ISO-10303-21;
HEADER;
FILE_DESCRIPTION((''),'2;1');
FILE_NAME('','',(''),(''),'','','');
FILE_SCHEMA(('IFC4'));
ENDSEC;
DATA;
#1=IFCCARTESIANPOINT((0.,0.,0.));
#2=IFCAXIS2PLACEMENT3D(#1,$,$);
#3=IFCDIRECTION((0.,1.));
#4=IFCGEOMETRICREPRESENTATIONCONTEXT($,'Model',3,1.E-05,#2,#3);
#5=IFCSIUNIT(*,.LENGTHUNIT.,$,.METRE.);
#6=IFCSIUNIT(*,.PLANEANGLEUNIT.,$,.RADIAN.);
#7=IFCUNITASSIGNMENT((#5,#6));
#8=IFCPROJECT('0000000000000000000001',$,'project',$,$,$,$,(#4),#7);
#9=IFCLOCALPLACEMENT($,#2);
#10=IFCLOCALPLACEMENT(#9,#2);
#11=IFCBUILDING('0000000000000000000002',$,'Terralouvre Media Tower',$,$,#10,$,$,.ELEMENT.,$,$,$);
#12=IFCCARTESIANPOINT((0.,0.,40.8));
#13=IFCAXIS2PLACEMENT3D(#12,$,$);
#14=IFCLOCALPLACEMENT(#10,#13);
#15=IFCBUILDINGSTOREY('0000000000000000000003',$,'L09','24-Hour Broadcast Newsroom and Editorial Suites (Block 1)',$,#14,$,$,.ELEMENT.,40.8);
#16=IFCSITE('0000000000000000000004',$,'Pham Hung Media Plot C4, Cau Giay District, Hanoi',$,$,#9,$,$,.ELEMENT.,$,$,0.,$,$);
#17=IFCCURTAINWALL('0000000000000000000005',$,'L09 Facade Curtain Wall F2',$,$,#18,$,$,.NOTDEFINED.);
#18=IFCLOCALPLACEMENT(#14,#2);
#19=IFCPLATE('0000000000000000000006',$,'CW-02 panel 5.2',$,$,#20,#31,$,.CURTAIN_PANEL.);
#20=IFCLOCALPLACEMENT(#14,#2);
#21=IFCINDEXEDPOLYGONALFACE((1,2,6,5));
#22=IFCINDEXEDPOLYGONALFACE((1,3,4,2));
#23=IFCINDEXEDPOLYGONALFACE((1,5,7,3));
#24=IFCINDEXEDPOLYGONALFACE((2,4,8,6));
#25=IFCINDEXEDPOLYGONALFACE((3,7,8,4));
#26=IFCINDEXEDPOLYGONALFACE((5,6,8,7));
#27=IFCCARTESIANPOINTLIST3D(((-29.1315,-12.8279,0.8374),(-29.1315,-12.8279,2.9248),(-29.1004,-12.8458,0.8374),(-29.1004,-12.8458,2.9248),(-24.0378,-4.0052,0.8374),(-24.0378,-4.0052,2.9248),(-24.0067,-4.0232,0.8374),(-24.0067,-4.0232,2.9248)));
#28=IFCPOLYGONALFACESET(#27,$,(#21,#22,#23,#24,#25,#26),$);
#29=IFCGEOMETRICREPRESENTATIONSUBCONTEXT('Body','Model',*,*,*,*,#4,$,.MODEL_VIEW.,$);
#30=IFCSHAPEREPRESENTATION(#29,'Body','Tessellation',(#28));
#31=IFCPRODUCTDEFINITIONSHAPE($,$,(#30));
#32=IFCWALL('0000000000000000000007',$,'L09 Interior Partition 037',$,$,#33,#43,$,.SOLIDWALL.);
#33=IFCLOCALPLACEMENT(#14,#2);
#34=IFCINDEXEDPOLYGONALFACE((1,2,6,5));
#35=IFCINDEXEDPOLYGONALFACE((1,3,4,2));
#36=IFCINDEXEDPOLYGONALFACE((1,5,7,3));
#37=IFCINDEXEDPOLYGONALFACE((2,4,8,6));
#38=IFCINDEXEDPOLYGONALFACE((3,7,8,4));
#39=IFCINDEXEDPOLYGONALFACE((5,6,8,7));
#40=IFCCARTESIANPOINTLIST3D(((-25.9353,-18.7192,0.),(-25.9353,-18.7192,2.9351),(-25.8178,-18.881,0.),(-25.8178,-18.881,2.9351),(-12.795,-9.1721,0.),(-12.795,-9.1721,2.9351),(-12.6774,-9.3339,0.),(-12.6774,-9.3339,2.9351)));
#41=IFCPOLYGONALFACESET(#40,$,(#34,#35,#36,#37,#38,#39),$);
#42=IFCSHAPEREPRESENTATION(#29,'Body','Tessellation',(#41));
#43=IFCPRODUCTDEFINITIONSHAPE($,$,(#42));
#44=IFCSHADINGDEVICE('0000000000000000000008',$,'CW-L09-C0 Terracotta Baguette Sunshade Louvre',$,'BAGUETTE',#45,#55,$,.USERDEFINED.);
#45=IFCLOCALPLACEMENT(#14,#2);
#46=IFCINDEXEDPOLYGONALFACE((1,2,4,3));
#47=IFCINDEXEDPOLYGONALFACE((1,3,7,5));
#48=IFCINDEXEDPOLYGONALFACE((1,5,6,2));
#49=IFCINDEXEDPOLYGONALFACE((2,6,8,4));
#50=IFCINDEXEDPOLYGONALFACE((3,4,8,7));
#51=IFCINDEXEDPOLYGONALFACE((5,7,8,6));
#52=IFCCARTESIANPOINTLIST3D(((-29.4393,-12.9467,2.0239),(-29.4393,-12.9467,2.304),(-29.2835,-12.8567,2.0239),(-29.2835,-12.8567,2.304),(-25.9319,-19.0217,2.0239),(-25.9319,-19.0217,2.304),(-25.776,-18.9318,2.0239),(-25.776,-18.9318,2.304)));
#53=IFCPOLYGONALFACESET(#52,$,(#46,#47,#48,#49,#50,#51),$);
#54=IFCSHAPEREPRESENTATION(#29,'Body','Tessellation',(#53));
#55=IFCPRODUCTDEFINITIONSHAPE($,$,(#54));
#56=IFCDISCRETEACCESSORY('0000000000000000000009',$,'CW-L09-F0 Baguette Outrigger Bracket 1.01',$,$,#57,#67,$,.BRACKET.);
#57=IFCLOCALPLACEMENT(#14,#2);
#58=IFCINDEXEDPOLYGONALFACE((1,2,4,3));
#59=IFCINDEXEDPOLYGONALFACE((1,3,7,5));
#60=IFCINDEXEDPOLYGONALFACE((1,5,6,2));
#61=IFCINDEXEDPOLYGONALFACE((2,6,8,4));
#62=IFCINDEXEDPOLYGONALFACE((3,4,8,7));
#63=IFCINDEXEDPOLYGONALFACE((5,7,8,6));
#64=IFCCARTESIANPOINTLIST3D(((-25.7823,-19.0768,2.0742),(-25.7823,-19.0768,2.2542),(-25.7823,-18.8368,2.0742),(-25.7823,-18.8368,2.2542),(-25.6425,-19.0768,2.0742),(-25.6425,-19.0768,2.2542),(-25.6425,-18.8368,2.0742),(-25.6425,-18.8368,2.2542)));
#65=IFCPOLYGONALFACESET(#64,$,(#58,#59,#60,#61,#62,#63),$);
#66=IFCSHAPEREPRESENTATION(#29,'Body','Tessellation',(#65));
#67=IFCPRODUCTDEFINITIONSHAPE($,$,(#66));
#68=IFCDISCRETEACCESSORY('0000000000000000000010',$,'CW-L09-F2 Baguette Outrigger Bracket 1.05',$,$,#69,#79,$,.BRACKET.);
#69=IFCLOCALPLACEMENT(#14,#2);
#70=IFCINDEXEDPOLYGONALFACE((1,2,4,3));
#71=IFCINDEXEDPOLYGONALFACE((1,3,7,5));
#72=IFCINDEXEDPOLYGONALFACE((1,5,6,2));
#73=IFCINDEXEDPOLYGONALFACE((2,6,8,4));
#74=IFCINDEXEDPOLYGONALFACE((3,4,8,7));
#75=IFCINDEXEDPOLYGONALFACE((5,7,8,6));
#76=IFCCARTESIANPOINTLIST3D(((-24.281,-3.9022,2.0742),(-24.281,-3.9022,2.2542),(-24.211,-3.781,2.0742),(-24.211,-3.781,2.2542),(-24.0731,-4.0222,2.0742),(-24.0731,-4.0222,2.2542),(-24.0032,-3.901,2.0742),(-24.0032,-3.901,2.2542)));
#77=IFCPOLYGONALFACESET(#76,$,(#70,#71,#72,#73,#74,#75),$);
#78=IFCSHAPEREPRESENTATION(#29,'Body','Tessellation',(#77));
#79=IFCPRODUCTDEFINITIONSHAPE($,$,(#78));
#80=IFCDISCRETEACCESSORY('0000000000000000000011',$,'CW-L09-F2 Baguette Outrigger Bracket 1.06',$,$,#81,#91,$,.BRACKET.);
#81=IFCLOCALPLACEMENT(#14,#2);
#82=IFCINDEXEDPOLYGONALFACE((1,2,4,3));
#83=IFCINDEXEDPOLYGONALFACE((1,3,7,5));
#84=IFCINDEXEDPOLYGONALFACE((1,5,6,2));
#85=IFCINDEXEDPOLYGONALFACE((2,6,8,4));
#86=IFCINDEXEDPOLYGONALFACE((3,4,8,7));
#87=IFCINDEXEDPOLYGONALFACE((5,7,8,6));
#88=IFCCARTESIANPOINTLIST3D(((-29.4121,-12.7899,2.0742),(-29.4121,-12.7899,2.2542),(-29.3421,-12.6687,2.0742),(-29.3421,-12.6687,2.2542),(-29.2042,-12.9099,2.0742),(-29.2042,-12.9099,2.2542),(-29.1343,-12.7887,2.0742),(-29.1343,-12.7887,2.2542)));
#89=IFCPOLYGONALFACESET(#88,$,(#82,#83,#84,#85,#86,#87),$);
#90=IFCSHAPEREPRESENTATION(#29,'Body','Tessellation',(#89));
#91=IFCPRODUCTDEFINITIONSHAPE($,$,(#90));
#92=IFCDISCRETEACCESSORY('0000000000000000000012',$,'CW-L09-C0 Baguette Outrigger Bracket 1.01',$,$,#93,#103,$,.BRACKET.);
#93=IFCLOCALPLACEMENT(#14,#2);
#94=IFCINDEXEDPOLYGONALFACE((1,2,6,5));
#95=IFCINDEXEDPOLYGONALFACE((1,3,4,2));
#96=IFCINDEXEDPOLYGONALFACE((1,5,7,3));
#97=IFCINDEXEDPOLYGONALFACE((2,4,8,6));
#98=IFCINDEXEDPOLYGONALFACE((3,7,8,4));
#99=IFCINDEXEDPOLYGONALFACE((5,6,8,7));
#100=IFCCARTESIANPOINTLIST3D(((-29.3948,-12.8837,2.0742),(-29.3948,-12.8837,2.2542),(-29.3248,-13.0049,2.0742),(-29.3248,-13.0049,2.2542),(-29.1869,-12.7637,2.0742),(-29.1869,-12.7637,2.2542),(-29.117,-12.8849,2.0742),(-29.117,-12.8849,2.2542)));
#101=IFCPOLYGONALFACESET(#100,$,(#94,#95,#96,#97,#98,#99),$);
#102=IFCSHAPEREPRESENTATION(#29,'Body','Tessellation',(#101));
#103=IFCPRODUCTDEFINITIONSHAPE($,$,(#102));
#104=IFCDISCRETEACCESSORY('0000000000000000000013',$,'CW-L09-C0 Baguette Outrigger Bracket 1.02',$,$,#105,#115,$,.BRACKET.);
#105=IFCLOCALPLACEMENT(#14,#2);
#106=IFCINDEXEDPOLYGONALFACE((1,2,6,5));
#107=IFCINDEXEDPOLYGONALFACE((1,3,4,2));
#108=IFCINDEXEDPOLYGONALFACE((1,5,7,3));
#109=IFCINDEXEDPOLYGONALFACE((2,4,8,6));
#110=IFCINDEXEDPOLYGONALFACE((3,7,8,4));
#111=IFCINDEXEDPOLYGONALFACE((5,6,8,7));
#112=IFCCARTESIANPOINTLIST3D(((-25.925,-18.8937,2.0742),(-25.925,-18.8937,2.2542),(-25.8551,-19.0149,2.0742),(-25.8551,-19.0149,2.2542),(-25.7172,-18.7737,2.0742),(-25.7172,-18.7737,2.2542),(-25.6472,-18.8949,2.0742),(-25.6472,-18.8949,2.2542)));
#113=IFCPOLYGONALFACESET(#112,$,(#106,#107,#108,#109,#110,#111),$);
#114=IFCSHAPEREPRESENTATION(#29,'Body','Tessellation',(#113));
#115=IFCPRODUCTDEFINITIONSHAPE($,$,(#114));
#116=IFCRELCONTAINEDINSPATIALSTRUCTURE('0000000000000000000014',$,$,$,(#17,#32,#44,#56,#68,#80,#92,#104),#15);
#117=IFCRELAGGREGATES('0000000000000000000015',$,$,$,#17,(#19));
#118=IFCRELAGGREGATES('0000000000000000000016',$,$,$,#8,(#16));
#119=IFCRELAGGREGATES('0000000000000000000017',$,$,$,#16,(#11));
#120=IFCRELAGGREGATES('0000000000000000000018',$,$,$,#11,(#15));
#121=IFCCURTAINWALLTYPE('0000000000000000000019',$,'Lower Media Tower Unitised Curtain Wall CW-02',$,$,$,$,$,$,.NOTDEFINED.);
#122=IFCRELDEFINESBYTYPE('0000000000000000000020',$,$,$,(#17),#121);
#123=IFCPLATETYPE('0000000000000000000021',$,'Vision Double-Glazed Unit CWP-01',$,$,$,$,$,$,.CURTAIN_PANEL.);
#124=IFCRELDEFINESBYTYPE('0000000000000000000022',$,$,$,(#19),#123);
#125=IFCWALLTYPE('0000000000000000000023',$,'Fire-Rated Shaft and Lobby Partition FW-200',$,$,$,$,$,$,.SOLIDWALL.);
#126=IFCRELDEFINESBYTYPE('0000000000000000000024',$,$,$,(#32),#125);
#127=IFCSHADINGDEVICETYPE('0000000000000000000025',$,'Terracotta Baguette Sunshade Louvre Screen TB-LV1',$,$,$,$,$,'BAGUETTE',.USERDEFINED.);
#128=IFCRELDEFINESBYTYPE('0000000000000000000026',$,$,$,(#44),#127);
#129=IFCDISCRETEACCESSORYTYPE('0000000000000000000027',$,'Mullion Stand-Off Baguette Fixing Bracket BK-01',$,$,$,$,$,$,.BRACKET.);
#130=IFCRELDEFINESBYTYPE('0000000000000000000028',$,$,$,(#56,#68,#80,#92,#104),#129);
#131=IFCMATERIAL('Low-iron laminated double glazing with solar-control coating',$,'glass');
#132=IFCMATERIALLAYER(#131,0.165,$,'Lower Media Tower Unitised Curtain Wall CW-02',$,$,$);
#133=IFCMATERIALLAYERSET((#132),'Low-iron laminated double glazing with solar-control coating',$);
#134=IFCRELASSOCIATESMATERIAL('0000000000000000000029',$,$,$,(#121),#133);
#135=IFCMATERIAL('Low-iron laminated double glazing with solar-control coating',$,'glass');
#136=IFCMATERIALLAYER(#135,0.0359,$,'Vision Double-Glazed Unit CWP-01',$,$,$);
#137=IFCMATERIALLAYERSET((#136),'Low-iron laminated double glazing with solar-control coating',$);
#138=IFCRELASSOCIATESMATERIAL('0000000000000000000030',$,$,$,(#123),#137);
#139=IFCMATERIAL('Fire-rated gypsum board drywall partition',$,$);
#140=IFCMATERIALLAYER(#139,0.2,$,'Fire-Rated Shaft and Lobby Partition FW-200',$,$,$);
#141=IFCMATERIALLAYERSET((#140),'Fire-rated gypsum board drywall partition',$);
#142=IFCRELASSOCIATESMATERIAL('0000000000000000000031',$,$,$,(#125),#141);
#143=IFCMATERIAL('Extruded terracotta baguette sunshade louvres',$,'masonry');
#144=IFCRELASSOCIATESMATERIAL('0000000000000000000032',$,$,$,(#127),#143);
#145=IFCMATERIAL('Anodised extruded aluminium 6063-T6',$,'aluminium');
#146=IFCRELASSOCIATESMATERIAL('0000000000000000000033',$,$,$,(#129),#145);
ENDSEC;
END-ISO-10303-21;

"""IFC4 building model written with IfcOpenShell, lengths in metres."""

from ifc_helpers import new_model, si_unit, direction, frame, frame_2d, origin, origin_2d, place, context, subcontext, project, spatial, rectangle, extrude, material, layer, layer_set, type_object, element, aggregate, save


model = new_model("IFC4")

# Units and contexts
model_context = context("Model", 3, precision=1e-05, world=origin(), true_north=direction((0.0, 1.0)))
body_context = subcontext(model_context, "Body", "Model", "MODEL_VIEW")
ifc_project = project(units=[si_unit("LENGTHUNIT", "METRE"), si_unit("PLANEANGLEUNIT", "RADIAN")], contexts=[model_context])

# Site, building, storey
site_placement = place(None, origin())
site = spatial("IfcSite", under=ifc_project, at=site_placement, Name="Pham Hung Media Plot C4, Cau Giay District, Hanoi", CompositionType="ELEMENT", RefElevation=0.0)
building_placement = place(site_placement, origin())
building = spatial("IfcBuilding", under=site, at=building_placement, Name="Terralouvre Media Tower", CompositionType="ELEMENT")
storey_placement = place(building_placement, frame((0.0, 0.0, 40.8)))
storey = spatial("IfcBuildingStorey", under=building, at=storey_placement, Name="L09", Description="24-Hour Broadcast Newsroom and Editorial Suites (Block 1)", CompositionType="ELEMENT", Elevation=40.8)

# Shared definitions
ifc_material_1 = material(Name="Low-iron laminated double glazing with solar-control coating", Category="glass")
ifc_layer_1 = layer(ifc_material_1, 0.165, Name="Lower Media Tower Unitised Curtain Wall CW-02")
ifc_layer_set_1 = layer_set([ifc_layer_1], Name="Low-iron laminated double glazing with solar-control coating")
curtain_wall_type_1 = type_object("IfcCurtainWallType", Name="Lower Media Tower Unitised Curtain Wall CW-02", PredefinedType="NOTDEFINED", material=ifc_layer_set_1)

# Curtain wall
curtain_wall_1_placement = place(storey_placement, origin())
curtain_wall_1 = element("IfcCurtainWall", 1, at=curtain_wall_1_placement, inside=storey, type_object=curtain_wall_type_1, Name="L09 Facade Curtain Wall F2", PredefinedType="NOTDEFINED")

# Plate
ifc_material_2 = material(Name="Low-iron laminated double glazing with solar-control coating", Category="glass")
ifc_layer_2 = layer(ifc_material_2, 0.0359, Name="Vision Double-Glazed Unit CWP-01")
ifc_layer_set_2 = layer_set([ifc_layer_2], Name="Low-iron laminated double glazing with solar-control coating")
plate_type_1 = type_object("IfcPlateType", Name="Vision Double-Glazed Unit CWP-01", PredefinedType="CURTAIN_PANEL", material=ifc_layer_set_2)
plate_1_placement = place(storey_placement, frame((-26.5691, -8.4255, 0.8374), z_axis=(0.0, 0.0, 1.0), x_axis=(-0.5, -0.866025, 0.0)))
plate_1 = element("IfcPlate", 2, at=plate_1_placement, type_object=plate_type_1, Name="CW-02 panel 5.2", PredefinedType="CURTAIN_PANEL", context=body_context, shape_type="SweptSolid", body=[
    extrude(rectangle(XDim=10.1875, YDim=0.0359, at=origin_2d()), origin(), (0.0, 0.0, 1.0), 2.0874),
])
aggregate(curtain_wall_1, [plate_1])

# Wall
ifc_material_3 = material(Name="Fire-rated gypsum board drywall partition")
ifc_layer_3 = layer(ifc_material_3, 0.2, Name="Fire-Rated Shaft and Lobby Partition FW-200")
ifc_layer_set_3 = layer_set([ifc_layer_3], Name="Fire-rated gypsum board drywall partition")
wall_type = type_object("IfcWallType", Name="Fire-Rated Shaft and Lobby Partition FW-200", PredefinedType="SOLIDWALL", material=ifc_layer_set_3)
wall_placement = place(storey_placement, frame((-25.8765, -18.8, 0.0), z_axis=(0.0, 0.0, 1.0), x_axis=(0.809015, 0.587788, 0.0)))
element("IfcWall", 3, at=wall_placement, inside=storey, type_object=wall_type, Name="L09 Interior Partition 037", PredefinedType="SOLIDWALL", context=body_context, shape_type="SweptSolid", body=[
    extrude(rectangle(XDim=16.2424, YDim=0.2, at=frame_2d((8.1211, 0.0))), origin(), (0.0, 0.0, 1.0), 2.9351),
])

# Shading device
ifc_material_4 = material(Name="Extruded terracotta baguette sunshade louvres", Category="masonry")
shading_device_type = type_object("IfcShadingDeviceType", Name="Terracotta Baguette Sunshade Louvre Screen TB-LV1", ElementType="BAGUETTE", PredefinedType="USERDEFINED", material=ifc_material_4)
shading_device_placement = place(storey_placement, frame((-27.6077, -15.9392, 2.0239), z_axis=(0.0, 0.0, 1.0), x_axis=(0.5, -0.866026, 0.0)))
element("IfcShadingDevice", 4, at=shading_device_placement, inside=storey, type_object=shading_device_type, Name="CW-L09-C0 Terracotta Baguette Sunshade Louvre", ObjectType="BAGUETTE", PredefinedType="USERDEFINED", context=body_context, shape_type="SweptSolid", body=[
    extrude(rectangle(XDim=7.0149, YDim=0.1799, at=origin_2d()), origin(), (0.0, 0.0, 1.0), 0.28),
])

# Discrete accessories
ifc_material_5 = material(Name="Anodised extruded aluminium 6063-T6", Category="aluminium")
discrete_accessory_type = type_object("IfcDiscreteAccessoryType", Name="Mullion Stand-Off Baguette Fixing Bracket BK-01", PredefinedType="BRACKET", material=ifc_material_5)
for number, where, z_axis, x_axis, name in (
    (5, (-25.7124, -18.9568, 2.0742), (0.0, 0.0, 1.0), (1.0, 0.0, 0.0), "CW-L09-F0 Baguette Outrigger Bracket 1.01"),
    (6, (-24.1421, -3.9016, 2.0742), (0.0, 0.0, 1.0), (-0.5, -0.866025, 0.0), "CW-L09-F2 Baguette Outrigger Bracket 1.05"),
    (7, (-29.2732, -12.7893, 2.0742), (0.0, 0.0, 1.0), (-0.5, -0.866025, 0.0), "CW-L09-F2 Baguette Outrigger Bracket 1.06"),
    (8, (-29.2559, -12.8843, 2.0742), (0.0, 0.0, 1.0), (0.5, -0.866026, 0.0), "CW-L09-C0 Baguette Outrigger Bracket 1.01"),
    (9, (-25.7861, -18.8943, 2.0742), (0.0, 0.0, 1.0), (0.5, -0.866026, 0.0), "CW-L09-C0 Baguette Outrigger Bracket 1.02"),
):
    element("IfcDiscreteAccessory", number, at=place(storey_placement, frame(where, z_axis=z_axis, x_axis=x_axis)), inside=storey, type_object=discrete_accessory_type, Name=name, PredefinedType="BRACKET", context=body_context, shape_type="SweptSolid", body=[
        extrude(rectangle(XDim=0.1399, YDim=0.24, at=origin_2d()), origin(), (0.0, 0.0, 1.0), 0.1799),
    ])

save(model, "model.ifc")
